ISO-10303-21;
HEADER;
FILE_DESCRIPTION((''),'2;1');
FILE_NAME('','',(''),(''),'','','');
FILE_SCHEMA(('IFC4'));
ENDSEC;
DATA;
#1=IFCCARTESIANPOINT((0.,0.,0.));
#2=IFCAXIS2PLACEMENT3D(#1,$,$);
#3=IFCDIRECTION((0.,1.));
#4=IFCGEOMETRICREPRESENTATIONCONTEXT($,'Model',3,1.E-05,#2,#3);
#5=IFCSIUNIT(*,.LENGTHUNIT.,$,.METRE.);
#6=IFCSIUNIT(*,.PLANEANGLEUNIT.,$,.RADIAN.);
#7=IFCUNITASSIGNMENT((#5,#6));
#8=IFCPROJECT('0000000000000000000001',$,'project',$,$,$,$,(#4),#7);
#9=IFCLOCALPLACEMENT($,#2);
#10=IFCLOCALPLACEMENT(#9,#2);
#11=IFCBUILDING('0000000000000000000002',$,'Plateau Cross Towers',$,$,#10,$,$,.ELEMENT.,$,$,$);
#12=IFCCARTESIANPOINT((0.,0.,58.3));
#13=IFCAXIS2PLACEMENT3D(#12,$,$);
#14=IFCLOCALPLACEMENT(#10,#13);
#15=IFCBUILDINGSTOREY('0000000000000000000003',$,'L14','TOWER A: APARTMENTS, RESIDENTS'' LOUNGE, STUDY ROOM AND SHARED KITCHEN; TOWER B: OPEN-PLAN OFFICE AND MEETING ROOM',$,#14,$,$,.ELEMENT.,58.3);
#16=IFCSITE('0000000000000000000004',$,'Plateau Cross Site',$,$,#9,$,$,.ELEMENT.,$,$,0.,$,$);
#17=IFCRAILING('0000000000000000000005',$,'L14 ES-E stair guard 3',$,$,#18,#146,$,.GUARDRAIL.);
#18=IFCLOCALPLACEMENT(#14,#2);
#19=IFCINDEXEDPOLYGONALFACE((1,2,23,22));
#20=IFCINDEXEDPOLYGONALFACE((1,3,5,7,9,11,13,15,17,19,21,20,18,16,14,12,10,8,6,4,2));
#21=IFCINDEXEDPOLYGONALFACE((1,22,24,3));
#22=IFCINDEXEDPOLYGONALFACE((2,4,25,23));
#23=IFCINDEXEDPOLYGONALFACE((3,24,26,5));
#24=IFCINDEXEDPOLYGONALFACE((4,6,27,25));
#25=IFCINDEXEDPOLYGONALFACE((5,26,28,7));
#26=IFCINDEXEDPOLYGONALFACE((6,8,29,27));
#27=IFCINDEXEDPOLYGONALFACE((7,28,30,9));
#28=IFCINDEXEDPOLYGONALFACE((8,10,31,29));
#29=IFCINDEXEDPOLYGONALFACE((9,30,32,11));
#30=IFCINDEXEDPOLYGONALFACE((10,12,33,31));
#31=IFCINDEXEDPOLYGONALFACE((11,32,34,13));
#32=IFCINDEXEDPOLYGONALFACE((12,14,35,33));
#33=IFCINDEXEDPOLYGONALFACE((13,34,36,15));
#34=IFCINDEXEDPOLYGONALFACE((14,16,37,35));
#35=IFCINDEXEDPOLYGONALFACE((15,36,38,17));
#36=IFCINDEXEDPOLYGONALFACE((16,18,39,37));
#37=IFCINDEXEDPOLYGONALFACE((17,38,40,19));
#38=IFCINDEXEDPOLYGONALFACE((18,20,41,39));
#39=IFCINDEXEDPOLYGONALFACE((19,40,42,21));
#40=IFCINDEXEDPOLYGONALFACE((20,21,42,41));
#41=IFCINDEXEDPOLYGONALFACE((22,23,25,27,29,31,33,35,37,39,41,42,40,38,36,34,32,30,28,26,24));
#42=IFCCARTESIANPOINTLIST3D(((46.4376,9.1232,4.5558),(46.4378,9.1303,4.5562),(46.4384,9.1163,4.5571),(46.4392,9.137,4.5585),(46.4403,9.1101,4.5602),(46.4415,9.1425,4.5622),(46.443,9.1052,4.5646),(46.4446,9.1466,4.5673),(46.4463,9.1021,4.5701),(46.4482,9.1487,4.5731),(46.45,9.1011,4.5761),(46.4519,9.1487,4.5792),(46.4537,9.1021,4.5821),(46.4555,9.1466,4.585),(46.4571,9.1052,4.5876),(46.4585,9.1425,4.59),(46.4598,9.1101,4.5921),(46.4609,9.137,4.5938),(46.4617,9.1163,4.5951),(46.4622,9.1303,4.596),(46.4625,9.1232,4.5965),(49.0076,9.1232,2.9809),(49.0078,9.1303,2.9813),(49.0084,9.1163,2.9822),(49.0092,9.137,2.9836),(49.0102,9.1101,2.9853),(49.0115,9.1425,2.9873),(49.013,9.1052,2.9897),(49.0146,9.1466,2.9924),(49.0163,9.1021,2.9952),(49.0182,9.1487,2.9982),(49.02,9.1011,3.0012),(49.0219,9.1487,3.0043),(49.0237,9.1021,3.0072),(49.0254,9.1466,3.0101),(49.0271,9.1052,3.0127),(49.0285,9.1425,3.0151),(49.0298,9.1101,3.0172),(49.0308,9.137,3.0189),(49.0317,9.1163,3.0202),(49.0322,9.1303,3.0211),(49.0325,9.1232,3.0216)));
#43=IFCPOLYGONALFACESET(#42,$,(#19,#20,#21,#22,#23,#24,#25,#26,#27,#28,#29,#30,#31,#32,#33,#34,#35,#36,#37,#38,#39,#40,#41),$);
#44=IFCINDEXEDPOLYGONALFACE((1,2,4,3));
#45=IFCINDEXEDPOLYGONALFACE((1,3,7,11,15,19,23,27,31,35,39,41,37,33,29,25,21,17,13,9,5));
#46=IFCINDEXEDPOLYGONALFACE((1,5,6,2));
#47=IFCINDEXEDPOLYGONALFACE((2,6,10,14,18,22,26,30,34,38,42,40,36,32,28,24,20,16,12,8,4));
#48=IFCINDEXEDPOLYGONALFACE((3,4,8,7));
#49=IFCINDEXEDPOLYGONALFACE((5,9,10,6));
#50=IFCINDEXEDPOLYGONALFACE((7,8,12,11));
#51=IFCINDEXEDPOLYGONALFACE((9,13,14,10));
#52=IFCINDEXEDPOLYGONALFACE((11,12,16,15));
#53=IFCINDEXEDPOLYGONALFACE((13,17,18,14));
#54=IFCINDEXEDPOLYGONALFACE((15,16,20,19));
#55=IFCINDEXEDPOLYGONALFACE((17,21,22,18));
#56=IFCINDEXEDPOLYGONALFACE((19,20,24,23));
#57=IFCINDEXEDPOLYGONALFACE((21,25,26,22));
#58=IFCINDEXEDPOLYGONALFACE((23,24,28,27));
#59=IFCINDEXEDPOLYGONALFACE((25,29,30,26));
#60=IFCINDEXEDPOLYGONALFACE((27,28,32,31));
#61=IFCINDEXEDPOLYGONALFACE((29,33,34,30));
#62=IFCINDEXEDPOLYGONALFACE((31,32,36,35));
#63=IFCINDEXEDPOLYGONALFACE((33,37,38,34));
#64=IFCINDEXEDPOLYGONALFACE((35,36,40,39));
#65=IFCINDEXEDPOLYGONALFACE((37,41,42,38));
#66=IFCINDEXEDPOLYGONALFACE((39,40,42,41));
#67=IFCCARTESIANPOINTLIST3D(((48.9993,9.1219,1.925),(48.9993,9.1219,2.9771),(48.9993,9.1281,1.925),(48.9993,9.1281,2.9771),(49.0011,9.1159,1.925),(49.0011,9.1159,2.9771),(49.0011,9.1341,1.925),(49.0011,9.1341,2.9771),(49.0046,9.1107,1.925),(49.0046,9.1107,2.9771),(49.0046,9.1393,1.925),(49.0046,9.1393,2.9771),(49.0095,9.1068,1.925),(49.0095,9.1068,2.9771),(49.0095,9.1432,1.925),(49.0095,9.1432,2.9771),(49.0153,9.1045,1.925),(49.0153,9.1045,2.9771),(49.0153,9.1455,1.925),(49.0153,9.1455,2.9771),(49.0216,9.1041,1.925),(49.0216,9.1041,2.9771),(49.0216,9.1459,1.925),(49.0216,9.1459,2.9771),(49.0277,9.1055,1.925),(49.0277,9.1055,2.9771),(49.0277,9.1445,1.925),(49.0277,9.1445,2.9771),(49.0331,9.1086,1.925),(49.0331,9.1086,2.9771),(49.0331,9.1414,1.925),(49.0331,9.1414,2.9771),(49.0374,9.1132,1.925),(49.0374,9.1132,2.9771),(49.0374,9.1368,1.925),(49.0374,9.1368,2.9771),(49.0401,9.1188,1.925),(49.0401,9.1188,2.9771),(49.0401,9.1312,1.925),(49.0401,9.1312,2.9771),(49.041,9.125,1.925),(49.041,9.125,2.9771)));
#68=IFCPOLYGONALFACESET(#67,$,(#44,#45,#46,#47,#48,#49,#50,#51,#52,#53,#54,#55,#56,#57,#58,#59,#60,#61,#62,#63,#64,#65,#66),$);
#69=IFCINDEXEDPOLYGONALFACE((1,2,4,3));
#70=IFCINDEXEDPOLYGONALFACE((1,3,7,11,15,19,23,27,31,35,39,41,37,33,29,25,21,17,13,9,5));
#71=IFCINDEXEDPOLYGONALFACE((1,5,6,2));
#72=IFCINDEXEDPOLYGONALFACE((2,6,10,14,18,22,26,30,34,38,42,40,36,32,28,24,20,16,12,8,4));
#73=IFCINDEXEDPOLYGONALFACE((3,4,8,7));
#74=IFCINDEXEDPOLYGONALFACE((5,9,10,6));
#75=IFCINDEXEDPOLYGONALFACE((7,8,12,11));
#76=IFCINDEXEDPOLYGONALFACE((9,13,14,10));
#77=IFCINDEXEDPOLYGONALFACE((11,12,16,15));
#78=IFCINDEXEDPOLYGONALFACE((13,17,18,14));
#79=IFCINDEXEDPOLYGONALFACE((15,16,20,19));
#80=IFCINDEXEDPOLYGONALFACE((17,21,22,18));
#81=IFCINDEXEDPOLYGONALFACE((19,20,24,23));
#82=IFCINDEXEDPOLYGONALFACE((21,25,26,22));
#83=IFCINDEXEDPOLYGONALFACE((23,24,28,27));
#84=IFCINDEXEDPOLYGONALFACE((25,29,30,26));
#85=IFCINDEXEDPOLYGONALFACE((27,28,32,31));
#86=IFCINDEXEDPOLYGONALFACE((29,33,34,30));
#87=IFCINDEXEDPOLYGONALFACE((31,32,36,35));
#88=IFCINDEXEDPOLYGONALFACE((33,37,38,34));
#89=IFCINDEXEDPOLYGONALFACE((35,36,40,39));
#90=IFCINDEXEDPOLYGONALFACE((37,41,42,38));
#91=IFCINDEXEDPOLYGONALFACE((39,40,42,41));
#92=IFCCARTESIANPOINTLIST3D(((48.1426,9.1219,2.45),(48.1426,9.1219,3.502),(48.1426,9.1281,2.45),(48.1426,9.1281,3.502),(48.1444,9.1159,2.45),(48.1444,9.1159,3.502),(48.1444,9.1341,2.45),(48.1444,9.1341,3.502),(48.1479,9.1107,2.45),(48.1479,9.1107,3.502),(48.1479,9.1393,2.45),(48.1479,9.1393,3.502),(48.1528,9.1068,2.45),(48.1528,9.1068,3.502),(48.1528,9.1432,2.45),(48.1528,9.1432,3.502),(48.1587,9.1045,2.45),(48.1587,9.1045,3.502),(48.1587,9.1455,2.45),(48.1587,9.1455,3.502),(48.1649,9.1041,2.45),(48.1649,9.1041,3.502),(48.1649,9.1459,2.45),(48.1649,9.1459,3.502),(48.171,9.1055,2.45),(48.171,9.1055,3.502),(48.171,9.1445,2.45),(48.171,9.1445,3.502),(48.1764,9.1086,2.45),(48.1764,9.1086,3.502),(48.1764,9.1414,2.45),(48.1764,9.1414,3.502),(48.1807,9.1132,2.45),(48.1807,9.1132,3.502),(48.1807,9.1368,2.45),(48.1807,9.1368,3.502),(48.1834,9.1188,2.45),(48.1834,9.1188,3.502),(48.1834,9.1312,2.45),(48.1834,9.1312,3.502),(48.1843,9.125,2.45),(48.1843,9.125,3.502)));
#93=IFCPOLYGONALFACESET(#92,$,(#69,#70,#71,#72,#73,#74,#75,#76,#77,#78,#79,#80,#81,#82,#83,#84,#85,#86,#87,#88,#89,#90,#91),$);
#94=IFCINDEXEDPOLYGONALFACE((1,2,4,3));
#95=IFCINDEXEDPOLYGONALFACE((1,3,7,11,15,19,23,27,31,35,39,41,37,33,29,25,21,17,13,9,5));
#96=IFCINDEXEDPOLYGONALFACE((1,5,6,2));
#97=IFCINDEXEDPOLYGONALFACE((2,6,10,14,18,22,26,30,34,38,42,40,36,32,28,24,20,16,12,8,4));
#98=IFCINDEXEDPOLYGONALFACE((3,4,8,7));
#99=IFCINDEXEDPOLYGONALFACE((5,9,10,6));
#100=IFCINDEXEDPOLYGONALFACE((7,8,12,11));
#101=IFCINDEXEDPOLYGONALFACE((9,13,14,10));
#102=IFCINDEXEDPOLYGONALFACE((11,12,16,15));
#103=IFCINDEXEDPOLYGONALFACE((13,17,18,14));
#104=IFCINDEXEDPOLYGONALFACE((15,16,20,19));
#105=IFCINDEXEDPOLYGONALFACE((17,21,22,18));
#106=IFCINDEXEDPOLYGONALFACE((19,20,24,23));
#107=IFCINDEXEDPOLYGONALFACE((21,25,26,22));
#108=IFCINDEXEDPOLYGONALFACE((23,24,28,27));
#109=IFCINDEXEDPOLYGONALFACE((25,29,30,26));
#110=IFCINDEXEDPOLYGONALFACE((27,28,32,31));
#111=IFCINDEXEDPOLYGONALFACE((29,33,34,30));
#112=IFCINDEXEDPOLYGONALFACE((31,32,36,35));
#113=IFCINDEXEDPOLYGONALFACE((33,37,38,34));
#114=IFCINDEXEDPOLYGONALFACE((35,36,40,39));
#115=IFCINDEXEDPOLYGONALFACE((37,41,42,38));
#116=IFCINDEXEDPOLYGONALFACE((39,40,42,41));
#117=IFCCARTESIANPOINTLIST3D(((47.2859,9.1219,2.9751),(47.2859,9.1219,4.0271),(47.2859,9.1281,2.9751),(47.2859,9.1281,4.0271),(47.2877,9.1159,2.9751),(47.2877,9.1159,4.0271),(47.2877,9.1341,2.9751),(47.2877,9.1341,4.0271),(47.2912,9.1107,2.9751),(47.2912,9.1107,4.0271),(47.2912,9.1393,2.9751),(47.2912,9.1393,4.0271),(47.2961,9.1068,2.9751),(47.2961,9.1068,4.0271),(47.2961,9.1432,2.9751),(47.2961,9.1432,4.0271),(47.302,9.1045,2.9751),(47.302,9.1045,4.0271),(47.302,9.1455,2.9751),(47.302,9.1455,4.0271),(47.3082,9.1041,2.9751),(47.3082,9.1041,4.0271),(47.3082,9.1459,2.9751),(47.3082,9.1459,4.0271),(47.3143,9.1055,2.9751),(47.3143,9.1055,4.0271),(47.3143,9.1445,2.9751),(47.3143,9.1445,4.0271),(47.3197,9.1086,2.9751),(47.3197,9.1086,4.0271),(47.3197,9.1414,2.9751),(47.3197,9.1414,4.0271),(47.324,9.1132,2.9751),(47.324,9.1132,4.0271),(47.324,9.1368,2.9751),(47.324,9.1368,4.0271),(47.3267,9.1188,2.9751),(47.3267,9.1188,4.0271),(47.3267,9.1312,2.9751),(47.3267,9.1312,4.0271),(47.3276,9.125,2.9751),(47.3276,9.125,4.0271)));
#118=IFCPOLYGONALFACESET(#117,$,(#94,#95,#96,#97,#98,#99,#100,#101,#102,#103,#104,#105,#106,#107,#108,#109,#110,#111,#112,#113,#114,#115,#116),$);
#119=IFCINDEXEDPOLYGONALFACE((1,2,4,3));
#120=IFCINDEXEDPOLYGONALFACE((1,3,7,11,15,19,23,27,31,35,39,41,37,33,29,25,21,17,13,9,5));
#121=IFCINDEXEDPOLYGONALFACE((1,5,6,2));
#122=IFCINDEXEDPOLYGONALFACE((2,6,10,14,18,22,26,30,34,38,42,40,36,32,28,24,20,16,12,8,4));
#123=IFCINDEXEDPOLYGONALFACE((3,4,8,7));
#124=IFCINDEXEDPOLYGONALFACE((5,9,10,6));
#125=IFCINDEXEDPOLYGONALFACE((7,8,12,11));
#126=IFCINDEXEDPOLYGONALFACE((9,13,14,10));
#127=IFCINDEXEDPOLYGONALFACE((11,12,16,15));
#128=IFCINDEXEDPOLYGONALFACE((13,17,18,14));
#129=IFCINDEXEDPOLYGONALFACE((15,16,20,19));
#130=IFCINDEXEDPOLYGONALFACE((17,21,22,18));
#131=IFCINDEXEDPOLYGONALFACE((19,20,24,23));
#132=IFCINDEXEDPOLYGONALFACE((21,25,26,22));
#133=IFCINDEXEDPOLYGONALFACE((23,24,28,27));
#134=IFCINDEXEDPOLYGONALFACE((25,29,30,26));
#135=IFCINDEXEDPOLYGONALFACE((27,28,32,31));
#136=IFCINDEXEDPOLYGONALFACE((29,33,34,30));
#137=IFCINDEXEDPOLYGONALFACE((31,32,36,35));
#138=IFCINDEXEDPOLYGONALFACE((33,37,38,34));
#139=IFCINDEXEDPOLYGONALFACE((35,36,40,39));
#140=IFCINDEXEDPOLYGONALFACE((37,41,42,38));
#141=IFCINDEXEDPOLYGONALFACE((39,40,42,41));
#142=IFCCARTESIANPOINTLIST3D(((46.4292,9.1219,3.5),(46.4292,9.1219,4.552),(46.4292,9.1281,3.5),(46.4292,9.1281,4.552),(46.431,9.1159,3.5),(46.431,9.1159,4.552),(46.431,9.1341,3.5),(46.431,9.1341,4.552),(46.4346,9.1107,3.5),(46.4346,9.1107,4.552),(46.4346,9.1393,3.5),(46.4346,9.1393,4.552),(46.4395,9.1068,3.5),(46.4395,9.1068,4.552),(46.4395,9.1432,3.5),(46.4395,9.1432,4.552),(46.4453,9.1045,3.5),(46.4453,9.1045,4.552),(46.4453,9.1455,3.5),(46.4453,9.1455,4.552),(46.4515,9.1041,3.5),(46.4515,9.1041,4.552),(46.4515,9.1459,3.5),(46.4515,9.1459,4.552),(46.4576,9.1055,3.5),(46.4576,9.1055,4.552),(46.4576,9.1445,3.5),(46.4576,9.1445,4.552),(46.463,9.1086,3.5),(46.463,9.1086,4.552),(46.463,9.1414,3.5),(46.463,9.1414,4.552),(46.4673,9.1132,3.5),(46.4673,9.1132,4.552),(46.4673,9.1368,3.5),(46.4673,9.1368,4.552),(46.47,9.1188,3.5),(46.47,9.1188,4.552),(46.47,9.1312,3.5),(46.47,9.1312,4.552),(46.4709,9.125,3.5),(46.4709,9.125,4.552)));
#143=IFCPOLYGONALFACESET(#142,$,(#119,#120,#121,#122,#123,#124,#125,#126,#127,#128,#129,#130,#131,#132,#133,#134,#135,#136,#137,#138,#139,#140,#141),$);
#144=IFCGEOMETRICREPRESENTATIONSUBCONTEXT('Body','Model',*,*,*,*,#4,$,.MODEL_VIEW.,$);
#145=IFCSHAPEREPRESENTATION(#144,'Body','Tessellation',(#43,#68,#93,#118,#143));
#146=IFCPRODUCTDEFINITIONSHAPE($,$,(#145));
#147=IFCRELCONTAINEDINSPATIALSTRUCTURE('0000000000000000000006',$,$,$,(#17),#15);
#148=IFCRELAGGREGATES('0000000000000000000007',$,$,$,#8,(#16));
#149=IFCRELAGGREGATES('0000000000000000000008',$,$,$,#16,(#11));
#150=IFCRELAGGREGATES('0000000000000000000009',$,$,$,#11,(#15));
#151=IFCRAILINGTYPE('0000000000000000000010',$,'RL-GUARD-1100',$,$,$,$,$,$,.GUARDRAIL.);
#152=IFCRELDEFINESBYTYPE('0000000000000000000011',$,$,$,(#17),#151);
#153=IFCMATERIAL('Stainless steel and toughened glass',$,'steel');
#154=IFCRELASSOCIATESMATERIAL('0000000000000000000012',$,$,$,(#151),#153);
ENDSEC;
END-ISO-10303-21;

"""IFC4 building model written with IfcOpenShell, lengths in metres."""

from ifc_helpers import new_model, si_unit, direction, frame, origin, origin_2d, place, context, subcontext, project, spatial, circle, extrude, material, type_object, element, save


model = new_model("IFC4")

# Units and contexts
model_context = context("Model", 3, precision=1e-05, world=origin(), true_north=direction((0.0, 1.0)))
body_context = subcontext(model_context, "Body", "Model", "MODEL_VIEW")
ifc_project = project(units=[si_unit("LENGTHUNIT", "METRE"), si_unit("PLANEANGLEUNIT", "RADIAN")], contexts=[model_context])

# Site, building, storey
site_placement = place(None, origin())
site = spatial("IfcSite", under=ifc_project, at=site_placement, Name="Plateau Cross Site", CompositionType="ELEMENT", RefElevation=0.0)
building_placement = place(site_placement, origin())
building = spatial("IfcBuilding", under=site, at=building_placement, Name="Plateau Cross Towers", CompositionType="ELEMENT")
storey_placement = place(building_placement, frame((0.0, 0.0, 58.3)))
storey = spatial("IfcBuildingStorey", under=building, at=storey_placement, Name="L14", Description="TOWER A: APARTMENTS, RESIDENTS' LOUNGE, STUDY ROOM AND SHARED KITCHEN; TOWER B: OPEN-PLAN OFFICE AND MEETING ROOM", CompositionType="ELEMENT", Elevation=58.3)

# Railing
ifc_material_1 = material(Name="Stainless steel and toughened glass", Category="steel")
railing_type_1 = type_object("IfcRailingType", Name="RL-GUARD-1100", PredefinedType="GUARDRAIL", material=ifc_material_1)
railing_1_placement = place(storey_placement, frame((49.02, 9.125, 1.925)))
element("IfcRailing", 1, at=railing_1_placement, inside=storey, type_object=railing_type_1, Name="L14 ES-E stair guard 3", PredefinedType="GUARDRAIL", context=body_context, shape_type="SweptSolid", body=[
    extrude(circle(Radius=0.0239, at=origin_2d()), frame((0.0, 0.0, 1.0762), z_axis=(-0.852639, 0.0, 0.522501), x_axis=(0.0, -1.0, 0.0)), (0.0, 0.0, 1.0), 3.0142),
    extrude(circle(Radius=0.021, at=origin_2d()), origin(), (0.0, 0.0, 1.0), 1.052),
    extrude(circle(Radius=0.021, at=origin_2d()), frame((-0.8567, 0.0, 0.5249)), (0.0, 0.0, 1.0), 1.052),
    extrude(circle(Radius=0.021, at=origin_2d()), frame((-1.7134, 0.0, 1.05)), (0.0, 0.0, 1.0), 1.052),
    extrude(circle(Radius=0.021, at=origin_2d()), frame((-2.5701, 0.0, 1.575)), (0.0, 0.0, 1.0), 1.052),
])

save(model, "model.ifc")
